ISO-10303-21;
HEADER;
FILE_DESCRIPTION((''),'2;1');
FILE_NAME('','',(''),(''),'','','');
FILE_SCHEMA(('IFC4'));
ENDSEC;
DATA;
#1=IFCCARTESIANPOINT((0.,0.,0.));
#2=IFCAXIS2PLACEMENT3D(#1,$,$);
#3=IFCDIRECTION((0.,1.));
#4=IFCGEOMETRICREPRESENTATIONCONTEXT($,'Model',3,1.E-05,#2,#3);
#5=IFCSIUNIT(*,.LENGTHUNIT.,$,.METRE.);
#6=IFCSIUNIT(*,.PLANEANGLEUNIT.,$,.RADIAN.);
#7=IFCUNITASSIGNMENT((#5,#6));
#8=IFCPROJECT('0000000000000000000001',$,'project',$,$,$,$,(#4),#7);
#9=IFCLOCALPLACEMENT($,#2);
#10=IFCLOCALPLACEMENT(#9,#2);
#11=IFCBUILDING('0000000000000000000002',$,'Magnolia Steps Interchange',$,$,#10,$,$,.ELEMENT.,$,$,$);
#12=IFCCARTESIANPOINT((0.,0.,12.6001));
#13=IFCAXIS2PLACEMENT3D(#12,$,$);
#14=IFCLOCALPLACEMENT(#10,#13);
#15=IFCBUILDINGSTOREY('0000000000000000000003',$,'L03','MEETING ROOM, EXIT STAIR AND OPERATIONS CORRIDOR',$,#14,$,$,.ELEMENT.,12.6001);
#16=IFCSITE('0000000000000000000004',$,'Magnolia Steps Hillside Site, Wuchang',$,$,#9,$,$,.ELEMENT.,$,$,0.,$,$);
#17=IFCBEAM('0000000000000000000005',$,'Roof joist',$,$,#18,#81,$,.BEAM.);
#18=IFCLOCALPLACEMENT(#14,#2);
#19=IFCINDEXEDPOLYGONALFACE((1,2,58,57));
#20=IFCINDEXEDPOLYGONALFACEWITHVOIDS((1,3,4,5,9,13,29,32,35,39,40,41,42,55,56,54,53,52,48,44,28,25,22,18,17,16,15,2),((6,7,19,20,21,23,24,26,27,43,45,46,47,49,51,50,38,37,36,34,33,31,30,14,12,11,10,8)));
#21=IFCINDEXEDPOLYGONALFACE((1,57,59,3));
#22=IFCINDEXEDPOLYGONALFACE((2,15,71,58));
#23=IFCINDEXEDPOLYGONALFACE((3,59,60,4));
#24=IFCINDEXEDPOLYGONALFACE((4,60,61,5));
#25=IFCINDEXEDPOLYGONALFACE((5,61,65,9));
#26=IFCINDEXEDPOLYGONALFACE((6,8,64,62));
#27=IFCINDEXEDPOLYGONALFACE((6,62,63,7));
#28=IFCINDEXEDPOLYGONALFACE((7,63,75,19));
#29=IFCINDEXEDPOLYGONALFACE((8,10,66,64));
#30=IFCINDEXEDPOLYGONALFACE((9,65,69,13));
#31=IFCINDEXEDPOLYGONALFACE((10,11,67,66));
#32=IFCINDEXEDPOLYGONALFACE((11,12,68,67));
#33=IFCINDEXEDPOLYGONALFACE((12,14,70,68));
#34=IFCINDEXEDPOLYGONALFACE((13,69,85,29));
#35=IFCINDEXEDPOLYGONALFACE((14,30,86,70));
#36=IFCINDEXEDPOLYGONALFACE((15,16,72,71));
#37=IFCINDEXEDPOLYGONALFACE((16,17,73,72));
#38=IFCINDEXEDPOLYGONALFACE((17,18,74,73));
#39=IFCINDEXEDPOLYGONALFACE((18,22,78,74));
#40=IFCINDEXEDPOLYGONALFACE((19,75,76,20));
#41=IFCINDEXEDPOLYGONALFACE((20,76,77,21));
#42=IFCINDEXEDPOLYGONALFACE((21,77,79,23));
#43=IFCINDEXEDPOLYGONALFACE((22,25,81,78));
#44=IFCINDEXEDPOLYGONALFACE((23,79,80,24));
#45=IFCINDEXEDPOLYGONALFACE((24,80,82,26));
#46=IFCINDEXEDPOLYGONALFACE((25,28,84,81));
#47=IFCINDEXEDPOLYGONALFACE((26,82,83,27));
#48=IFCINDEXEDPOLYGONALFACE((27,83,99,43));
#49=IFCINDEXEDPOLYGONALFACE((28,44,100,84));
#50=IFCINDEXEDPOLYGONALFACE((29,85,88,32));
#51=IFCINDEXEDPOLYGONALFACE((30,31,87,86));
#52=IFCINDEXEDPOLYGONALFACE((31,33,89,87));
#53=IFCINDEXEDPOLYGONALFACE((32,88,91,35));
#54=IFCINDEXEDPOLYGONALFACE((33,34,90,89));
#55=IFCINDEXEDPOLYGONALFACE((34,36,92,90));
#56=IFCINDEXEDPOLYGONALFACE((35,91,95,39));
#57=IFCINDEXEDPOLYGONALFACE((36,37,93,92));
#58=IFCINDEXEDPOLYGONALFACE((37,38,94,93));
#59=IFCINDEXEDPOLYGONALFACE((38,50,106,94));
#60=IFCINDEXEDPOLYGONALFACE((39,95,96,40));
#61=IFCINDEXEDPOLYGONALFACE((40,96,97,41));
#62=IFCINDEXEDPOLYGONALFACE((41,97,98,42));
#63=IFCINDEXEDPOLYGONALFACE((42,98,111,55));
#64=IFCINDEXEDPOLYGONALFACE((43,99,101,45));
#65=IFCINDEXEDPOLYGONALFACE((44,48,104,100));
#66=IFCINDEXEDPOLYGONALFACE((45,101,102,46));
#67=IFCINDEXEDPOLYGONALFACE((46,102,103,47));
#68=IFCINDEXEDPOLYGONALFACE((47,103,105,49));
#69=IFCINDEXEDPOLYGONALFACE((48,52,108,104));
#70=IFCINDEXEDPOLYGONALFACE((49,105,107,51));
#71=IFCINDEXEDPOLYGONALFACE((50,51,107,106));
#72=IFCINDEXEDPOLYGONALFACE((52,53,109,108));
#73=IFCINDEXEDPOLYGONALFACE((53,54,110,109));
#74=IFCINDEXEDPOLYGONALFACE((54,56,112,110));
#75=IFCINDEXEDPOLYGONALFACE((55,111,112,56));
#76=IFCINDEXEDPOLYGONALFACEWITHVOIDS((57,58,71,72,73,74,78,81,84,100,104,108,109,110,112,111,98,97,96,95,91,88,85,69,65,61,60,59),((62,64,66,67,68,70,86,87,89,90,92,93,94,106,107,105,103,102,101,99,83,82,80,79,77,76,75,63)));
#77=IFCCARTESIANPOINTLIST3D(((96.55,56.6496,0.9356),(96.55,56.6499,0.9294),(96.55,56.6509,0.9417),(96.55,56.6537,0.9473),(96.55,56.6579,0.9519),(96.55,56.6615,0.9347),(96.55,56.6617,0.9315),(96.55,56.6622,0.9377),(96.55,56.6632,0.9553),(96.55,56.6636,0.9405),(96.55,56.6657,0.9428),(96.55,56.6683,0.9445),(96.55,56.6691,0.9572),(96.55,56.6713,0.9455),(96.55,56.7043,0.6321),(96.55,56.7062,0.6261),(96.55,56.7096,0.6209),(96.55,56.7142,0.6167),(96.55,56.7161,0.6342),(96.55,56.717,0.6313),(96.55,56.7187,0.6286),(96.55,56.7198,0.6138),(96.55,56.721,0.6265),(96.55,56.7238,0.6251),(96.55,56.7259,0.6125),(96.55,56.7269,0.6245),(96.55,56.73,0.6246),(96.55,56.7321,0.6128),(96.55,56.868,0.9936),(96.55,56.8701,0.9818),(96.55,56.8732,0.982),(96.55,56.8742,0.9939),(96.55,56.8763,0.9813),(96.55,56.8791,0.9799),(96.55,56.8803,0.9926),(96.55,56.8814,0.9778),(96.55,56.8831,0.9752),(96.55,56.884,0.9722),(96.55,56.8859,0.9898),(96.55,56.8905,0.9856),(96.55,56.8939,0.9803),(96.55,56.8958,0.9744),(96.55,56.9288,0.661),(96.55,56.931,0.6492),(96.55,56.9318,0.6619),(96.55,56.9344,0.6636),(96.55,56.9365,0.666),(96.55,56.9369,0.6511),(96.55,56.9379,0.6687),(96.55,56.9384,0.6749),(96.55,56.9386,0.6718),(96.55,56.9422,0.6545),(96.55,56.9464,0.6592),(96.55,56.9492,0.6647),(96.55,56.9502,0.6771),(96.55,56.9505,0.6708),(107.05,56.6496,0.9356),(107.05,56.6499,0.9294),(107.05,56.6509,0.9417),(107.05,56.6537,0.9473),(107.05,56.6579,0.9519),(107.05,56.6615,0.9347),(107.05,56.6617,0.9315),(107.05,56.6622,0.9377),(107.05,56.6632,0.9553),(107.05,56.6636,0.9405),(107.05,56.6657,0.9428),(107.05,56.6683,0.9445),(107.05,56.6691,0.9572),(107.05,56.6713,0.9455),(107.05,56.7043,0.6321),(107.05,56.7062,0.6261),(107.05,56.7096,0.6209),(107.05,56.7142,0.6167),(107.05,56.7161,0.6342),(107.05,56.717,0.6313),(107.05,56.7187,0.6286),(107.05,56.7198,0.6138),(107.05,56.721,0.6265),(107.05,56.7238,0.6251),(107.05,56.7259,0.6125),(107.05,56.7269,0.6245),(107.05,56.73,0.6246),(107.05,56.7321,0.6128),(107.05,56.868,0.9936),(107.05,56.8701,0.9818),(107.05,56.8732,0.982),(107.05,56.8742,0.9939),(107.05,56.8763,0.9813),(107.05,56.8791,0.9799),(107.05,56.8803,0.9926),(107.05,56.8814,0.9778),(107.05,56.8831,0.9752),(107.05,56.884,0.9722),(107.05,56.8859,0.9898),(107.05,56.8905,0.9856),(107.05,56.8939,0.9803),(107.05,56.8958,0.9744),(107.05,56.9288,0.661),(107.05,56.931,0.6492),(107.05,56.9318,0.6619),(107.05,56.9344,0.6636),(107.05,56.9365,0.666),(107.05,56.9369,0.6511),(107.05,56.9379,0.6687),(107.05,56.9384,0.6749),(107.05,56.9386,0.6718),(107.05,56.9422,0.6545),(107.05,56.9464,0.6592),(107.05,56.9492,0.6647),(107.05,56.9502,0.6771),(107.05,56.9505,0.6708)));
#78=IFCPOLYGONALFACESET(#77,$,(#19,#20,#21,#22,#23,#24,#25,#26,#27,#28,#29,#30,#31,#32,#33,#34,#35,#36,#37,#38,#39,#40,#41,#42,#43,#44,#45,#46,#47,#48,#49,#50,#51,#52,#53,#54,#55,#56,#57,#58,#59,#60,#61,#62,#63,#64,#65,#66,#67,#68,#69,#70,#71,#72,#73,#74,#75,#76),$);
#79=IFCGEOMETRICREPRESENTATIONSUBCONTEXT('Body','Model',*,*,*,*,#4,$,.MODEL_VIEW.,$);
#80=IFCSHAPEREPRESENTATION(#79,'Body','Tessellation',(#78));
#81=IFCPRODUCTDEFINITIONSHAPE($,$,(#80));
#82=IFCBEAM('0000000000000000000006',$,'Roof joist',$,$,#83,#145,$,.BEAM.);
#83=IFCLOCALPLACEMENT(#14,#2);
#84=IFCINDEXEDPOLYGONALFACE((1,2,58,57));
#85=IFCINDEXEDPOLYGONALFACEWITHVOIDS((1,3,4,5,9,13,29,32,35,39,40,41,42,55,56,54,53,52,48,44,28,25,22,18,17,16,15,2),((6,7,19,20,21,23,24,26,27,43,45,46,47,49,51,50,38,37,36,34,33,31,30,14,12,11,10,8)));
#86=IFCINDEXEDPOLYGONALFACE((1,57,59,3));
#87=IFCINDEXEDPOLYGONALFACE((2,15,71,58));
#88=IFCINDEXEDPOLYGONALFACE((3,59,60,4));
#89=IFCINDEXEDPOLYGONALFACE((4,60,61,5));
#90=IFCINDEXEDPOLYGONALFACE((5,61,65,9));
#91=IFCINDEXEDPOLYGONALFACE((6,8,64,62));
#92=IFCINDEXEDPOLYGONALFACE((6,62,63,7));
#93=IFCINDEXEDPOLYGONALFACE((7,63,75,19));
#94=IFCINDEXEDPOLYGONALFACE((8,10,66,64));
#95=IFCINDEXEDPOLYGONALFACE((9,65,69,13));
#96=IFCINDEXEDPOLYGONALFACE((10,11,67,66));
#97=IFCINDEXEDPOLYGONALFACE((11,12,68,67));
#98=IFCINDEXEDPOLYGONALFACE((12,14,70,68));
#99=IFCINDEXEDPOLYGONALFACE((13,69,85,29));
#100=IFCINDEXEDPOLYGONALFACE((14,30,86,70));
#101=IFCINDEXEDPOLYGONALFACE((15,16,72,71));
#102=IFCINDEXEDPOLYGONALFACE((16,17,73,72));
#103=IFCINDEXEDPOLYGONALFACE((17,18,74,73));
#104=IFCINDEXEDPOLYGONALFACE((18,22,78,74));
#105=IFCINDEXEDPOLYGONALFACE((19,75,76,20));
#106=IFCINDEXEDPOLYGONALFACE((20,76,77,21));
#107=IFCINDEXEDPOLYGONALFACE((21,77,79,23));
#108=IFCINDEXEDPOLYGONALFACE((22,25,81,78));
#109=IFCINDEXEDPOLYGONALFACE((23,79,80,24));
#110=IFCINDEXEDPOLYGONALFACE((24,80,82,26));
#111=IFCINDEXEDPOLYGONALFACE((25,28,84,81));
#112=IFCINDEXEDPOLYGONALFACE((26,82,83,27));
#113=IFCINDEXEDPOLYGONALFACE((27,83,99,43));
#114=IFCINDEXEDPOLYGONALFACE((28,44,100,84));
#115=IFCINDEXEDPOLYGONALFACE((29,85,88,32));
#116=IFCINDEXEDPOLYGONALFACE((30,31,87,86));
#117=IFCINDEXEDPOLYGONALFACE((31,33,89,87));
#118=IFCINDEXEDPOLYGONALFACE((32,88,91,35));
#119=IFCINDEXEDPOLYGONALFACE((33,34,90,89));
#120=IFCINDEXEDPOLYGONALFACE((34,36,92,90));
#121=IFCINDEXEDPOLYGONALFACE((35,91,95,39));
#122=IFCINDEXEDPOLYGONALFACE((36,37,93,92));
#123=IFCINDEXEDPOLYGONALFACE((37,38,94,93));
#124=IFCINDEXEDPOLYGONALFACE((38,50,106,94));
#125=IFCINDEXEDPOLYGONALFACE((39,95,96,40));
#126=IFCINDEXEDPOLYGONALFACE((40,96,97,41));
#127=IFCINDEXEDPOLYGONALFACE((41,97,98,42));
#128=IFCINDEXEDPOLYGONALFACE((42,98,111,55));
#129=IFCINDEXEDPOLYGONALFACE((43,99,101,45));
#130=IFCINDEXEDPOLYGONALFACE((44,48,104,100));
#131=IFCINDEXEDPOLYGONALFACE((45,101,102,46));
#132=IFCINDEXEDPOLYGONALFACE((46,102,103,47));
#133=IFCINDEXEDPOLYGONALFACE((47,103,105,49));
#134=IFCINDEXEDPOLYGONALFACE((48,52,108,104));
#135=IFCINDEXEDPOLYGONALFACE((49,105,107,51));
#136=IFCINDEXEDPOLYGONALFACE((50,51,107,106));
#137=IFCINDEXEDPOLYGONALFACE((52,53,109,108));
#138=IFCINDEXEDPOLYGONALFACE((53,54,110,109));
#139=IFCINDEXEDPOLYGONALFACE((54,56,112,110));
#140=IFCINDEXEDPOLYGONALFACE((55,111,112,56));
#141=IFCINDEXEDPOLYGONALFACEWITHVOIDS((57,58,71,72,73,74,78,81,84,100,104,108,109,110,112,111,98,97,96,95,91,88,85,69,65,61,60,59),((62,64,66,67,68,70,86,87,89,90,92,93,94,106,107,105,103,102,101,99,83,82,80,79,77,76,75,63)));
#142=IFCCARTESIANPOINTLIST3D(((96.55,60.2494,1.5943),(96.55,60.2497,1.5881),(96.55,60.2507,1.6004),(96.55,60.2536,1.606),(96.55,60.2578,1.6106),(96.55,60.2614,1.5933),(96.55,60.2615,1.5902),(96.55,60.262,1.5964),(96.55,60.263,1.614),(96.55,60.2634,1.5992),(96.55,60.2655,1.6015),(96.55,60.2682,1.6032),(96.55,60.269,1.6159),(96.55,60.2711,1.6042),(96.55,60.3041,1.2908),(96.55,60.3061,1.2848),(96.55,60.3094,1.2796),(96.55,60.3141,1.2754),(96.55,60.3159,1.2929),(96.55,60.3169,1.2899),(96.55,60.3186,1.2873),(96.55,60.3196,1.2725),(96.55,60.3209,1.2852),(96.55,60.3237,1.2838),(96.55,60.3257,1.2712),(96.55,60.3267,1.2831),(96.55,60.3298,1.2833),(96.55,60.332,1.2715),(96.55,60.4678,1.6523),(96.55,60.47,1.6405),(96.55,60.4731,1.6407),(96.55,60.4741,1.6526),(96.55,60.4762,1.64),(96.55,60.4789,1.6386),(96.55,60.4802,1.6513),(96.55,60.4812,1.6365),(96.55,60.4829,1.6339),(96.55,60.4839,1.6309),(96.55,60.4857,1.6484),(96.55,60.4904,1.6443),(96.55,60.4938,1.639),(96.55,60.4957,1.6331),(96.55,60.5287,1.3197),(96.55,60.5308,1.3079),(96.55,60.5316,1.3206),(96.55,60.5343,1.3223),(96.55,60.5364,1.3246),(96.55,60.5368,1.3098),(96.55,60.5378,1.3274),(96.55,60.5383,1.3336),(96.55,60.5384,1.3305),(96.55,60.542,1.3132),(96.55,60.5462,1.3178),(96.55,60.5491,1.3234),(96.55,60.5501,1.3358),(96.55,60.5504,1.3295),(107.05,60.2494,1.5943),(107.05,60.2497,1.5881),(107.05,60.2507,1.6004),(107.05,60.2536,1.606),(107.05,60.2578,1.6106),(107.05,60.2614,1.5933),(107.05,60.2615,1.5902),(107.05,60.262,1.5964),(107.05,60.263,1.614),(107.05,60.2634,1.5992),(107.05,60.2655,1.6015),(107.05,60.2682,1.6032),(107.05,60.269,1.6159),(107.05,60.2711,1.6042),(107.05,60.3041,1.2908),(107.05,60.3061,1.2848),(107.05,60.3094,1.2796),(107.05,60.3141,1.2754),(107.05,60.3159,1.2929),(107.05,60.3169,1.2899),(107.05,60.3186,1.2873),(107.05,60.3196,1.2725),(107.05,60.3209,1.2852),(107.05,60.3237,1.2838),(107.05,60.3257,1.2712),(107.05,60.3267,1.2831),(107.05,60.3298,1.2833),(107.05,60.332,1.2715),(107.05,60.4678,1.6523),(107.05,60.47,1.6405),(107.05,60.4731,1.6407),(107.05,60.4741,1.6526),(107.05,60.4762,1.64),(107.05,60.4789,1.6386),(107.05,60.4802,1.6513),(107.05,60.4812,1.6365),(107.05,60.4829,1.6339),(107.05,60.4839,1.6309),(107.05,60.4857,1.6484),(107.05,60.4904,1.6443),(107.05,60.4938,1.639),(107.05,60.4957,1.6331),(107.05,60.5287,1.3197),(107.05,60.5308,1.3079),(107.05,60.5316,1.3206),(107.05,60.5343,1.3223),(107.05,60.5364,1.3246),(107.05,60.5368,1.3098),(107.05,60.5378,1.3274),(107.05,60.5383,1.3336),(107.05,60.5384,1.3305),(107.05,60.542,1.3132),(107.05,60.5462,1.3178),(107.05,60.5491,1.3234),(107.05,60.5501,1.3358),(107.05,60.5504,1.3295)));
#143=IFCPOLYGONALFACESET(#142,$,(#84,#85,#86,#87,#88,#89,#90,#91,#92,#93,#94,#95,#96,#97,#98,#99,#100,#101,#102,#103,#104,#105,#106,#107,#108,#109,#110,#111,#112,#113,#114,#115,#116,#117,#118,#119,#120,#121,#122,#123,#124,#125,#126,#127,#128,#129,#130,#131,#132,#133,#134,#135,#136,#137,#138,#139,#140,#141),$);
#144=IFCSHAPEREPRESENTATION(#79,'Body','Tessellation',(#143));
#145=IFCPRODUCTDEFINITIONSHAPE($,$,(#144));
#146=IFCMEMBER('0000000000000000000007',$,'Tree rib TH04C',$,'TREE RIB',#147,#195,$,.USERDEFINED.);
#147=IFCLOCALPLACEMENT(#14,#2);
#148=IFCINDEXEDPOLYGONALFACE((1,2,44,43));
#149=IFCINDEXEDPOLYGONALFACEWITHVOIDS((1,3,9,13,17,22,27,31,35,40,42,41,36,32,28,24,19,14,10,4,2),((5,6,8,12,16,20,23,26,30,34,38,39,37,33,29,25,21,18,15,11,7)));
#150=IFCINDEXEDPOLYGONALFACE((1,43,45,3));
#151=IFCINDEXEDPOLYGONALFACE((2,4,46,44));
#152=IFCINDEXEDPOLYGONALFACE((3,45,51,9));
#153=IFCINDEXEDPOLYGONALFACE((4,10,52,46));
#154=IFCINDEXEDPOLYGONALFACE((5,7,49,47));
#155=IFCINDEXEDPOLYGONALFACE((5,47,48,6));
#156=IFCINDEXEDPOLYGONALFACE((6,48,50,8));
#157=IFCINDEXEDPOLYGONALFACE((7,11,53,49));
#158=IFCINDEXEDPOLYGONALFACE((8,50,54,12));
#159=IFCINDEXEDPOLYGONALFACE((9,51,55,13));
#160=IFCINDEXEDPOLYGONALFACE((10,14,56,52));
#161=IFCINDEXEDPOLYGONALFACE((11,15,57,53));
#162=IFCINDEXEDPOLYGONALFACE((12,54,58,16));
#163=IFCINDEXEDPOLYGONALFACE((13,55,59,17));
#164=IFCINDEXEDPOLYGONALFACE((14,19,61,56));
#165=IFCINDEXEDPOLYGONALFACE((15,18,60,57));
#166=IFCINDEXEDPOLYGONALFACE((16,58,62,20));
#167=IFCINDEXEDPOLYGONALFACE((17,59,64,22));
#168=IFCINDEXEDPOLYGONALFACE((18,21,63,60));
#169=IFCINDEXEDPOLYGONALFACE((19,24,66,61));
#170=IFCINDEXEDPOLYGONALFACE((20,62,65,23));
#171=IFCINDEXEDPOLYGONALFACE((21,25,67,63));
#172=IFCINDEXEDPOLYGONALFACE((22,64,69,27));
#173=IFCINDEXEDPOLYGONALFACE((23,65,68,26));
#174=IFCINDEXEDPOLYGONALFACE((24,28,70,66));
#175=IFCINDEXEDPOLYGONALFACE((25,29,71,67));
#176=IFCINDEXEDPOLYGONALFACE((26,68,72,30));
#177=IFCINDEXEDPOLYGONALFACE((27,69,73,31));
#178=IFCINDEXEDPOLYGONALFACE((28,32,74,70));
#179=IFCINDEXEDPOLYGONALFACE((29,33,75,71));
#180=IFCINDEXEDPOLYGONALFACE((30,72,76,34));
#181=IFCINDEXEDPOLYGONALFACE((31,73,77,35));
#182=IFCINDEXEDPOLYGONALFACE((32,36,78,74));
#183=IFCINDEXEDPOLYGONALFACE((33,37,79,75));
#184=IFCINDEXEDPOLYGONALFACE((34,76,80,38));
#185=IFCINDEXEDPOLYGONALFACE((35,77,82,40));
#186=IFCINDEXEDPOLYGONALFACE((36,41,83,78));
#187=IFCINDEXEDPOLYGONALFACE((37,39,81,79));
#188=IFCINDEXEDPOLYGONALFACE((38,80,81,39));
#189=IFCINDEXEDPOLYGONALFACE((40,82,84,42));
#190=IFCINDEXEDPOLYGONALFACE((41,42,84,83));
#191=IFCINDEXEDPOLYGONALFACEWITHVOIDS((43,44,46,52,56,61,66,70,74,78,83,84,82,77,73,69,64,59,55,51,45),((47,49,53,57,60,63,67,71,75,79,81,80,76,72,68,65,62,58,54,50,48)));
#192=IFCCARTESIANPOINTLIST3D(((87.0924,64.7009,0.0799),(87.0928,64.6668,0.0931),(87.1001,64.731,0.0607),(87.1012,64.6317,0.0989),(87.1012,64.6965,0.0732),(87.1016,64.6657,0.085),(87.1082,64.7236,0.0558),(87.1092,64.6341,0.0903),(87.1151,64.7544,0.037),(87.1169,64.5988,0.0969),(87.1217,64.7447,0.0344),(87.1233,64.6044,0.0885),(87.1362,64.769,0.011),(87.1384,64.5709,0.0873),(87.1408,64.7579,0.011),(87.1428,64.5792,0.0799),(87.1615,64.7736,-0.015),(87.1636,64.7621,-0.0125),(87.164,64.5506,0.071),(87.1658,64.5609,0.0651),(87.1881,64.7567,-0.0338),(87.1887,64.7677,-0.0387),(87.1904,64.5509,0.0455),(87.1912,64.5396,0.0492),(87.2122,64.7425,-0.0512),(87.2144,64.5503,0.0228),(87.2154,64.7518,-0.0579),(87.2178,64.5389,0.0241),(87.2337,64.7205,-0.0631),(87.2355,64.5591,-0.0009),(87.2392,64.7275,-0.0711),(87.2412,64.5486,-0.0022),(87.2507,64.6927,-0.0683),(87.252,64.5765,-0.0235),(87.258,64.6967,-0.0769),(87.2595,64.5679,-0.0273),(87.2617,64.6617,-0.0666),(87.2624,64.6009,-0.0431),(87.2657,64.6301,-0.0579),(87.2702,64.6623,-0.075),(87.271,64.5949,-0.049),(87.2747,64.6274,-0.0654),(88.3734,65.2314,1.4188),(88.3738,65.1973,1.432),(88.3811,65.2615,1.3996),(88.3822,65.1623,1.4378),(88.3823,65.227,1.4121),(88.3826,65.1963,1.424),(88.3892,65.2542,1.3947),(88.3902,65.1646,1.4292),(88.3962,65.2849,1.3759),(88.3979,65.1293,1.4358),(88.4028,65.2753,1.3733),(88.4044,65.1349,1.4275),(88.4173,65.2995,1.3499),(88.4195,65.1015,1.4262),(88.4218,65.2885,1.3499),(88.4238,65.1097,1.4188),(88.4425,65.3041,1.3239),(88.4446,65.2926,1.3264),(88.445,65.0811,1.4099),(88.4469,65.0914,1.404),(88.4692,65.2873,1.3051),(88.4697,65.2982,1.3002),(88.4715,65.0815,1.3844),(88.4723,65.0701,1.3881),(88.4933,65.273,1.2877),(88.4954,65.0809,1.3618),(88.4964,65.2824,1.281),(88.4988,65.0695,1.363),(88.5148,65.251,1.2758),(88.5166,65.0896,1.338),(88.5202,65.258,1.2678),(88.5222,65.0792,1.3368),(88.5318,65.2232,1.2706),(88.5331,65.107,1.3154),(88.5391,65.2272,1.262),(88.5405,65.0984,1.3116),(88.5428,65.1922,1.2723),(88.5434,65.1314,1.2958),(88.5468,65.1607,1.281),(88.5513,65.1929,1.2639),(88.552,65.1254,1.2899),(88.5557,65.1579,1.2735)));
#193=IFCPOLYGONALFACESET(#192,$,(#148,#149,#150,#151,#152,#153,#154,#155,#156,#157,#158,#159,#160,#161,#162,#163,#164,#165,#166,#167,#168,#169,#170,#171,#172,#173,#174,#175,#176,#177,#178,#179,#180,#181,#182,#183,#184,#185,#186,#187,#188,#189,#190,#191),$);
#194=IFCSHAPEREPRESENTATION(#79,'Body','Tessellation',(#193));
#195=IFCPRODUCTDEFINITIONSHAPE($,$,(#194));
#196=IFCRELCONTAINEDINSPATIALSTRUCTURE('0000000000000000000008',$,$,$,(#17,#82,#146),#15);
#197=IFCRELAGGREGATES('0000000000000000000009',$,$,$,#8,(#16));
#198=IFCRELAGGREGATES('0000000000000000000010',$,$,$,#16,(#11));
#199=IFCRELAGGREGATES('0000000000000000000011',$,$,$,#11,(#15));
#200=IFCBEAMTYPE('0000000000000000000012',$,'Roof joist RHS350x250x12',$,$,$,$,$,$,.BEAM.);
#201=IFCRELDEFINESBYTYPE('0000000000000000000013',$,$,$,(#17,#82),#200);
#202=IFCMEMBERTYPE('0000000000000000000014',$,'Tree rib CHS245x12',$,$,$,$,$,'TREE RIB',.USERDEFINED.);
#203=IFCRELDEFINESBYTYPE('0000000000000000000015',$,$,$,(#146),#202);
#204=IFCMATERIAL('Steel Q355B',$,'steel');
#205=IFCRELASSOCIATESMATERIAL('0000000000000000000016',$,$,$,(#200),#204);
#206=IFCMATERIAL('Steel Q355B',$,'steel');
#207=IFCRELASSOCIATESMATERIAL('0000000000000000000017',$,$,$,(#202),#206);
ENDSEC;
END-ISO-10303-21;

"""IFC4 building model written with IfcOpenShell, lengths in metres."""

from ifc_helpers import new_model, si_unit, direction, frame, origin, origin_2d, place, context, subcontext, project, spatial, hollow_rectangle, hollow_circle, extrude, material, material_profile, profile_set, type_object, element, save


model = new_model("IFC4")

# Units and contexts
model_context = context("Model", 3, precision=1e-05, world=origin(), true_north=direction((0.0, 1.0)))
body_context = subcontext(model_context, "Body", "Model", "MODEL_VIEW")
ifc_project = project(units=[si_unit("LENGTHUNIT", "METRE"), si_unit("PLANEANGLEUNIT", "RADIAN")], contexts=[model_context])

# Site, building, storey
site_placement = place(None, origin())
site = spatial("IfcSite", under=ifc_project, at=site_placement, Name="Magnolia Steps Hillside Site, Wuchang", CompositionType="ELEMENT", RefElevation=0.0)
building_placement = place(site_placement, origin())
building = spatial("IfcBuilding", under=site, at=building_placement, Name="Magnolia Steps Interchange", CompositionType="ELEMENT")
storey_placement = place(building_placement, frame((0.0, 0.0, 12.6001)))
storey = spatial("IfcBuildingStorey", under=building, at=storey_placement, Name="L03", Description="MEETING ROOM, EXIT STAIR AND OPERATIONS CORRIDOR", CompositionType="ELEMENT", Elevation=12.6001)

# Beams
ifc_material_1 = material(Name="Steel Q355B", Category="steel")
ifc_material_profile_1 = material_profile(ifc_material_1, hollow_rectangle(XDim=0.25, YDim=0.3501, WallThickness=0.012, InnerFilletRadius=0.012, OuterFilletRadius=0.0239, at=origin_2d()), Name="RHS350x250x12")
ifc_profile_set_1 = profile_set([ifc_material_profile_1], Name="Steel Q355B")
beam_type_1 = type_object("IfcBeamType", Name="Roof joist RHS350x250x12", PredefinedType="BEAM", material=ifc_profile_set_1)
for number, where, z_axis, x_axis, name in (
    (1, (96.55, 56.8, 0.8032), (1.0, 0.0, 0.0), (0.0, 0.983677, 0.179941), "Roof joist"),
    (2, (96.55, 60.3999, 1.4619), (1.0, 0.0, 0.0), (0.0, 0.983677, 0.179941), "Roof joist"),
):
    element("IfcBeam", number, at=place(storey_placement, frame(where, z_axis=z_axis, x_axis=x_axis)), inside=storey, type_object=beam_type_1, Name=name, PredefinedType="BEAM", context=body_context, shape_type="SweptSolid", body=[
        extrude(hollow_rectangle(XDim=0.25, YDim=0.3501, WallThickness=0.012, InnerFilletRadius=0.012, OuterFilletRadius=0.0239, at=origin_2d()), origin(), (0.0, 0.0, 1.0), 10.5),
    ])

# Member
ifc_material_2 = material(Name="Steel Q355B", Category="steel")
ifc_material_profile_2 = material_profile(ifc_material_2, hollow_circle(Radius=0.1226, WallThickness=0.012, at=origin_2d()), Name="CHS245x12")
ifc_profile_set_2 = profile_set([ifc_material_profile_2], Name="Steel Q355B")
member_type = type_object("IfcMemberType", Name="Tree rib CHS245x12", ElementType="TREE RIB", PredefinedType="USERDEFINED", material=ifc_profile_set_2)
for number, where, z_axis, x_axis, name in (
    (3, (87.1831, 64.6558, 0.011), (0.664618, 0.275246, 0.694638), (-0.382627, 0.923903, 0.0), "Tree rib TH04C"),
):
    element("IfcMember", number, at=place(storey_placement, frame(where, z_axis=z_axis, x_axis=x_axis)), inside=storey, type_object=member_type, Name=name, ObjectType="TREE RIB", PredefinedType="USERDEFINED", context=body_context, shape_type="SweptSolid", body=[
        extrude(hollow_circle(Radius=0.1226, WallThickness=0.012, at=origin_2d()), origin(), (0.0, 0.0, 1.0), 1.9275),
    ])

save(model, "model.ifc")
